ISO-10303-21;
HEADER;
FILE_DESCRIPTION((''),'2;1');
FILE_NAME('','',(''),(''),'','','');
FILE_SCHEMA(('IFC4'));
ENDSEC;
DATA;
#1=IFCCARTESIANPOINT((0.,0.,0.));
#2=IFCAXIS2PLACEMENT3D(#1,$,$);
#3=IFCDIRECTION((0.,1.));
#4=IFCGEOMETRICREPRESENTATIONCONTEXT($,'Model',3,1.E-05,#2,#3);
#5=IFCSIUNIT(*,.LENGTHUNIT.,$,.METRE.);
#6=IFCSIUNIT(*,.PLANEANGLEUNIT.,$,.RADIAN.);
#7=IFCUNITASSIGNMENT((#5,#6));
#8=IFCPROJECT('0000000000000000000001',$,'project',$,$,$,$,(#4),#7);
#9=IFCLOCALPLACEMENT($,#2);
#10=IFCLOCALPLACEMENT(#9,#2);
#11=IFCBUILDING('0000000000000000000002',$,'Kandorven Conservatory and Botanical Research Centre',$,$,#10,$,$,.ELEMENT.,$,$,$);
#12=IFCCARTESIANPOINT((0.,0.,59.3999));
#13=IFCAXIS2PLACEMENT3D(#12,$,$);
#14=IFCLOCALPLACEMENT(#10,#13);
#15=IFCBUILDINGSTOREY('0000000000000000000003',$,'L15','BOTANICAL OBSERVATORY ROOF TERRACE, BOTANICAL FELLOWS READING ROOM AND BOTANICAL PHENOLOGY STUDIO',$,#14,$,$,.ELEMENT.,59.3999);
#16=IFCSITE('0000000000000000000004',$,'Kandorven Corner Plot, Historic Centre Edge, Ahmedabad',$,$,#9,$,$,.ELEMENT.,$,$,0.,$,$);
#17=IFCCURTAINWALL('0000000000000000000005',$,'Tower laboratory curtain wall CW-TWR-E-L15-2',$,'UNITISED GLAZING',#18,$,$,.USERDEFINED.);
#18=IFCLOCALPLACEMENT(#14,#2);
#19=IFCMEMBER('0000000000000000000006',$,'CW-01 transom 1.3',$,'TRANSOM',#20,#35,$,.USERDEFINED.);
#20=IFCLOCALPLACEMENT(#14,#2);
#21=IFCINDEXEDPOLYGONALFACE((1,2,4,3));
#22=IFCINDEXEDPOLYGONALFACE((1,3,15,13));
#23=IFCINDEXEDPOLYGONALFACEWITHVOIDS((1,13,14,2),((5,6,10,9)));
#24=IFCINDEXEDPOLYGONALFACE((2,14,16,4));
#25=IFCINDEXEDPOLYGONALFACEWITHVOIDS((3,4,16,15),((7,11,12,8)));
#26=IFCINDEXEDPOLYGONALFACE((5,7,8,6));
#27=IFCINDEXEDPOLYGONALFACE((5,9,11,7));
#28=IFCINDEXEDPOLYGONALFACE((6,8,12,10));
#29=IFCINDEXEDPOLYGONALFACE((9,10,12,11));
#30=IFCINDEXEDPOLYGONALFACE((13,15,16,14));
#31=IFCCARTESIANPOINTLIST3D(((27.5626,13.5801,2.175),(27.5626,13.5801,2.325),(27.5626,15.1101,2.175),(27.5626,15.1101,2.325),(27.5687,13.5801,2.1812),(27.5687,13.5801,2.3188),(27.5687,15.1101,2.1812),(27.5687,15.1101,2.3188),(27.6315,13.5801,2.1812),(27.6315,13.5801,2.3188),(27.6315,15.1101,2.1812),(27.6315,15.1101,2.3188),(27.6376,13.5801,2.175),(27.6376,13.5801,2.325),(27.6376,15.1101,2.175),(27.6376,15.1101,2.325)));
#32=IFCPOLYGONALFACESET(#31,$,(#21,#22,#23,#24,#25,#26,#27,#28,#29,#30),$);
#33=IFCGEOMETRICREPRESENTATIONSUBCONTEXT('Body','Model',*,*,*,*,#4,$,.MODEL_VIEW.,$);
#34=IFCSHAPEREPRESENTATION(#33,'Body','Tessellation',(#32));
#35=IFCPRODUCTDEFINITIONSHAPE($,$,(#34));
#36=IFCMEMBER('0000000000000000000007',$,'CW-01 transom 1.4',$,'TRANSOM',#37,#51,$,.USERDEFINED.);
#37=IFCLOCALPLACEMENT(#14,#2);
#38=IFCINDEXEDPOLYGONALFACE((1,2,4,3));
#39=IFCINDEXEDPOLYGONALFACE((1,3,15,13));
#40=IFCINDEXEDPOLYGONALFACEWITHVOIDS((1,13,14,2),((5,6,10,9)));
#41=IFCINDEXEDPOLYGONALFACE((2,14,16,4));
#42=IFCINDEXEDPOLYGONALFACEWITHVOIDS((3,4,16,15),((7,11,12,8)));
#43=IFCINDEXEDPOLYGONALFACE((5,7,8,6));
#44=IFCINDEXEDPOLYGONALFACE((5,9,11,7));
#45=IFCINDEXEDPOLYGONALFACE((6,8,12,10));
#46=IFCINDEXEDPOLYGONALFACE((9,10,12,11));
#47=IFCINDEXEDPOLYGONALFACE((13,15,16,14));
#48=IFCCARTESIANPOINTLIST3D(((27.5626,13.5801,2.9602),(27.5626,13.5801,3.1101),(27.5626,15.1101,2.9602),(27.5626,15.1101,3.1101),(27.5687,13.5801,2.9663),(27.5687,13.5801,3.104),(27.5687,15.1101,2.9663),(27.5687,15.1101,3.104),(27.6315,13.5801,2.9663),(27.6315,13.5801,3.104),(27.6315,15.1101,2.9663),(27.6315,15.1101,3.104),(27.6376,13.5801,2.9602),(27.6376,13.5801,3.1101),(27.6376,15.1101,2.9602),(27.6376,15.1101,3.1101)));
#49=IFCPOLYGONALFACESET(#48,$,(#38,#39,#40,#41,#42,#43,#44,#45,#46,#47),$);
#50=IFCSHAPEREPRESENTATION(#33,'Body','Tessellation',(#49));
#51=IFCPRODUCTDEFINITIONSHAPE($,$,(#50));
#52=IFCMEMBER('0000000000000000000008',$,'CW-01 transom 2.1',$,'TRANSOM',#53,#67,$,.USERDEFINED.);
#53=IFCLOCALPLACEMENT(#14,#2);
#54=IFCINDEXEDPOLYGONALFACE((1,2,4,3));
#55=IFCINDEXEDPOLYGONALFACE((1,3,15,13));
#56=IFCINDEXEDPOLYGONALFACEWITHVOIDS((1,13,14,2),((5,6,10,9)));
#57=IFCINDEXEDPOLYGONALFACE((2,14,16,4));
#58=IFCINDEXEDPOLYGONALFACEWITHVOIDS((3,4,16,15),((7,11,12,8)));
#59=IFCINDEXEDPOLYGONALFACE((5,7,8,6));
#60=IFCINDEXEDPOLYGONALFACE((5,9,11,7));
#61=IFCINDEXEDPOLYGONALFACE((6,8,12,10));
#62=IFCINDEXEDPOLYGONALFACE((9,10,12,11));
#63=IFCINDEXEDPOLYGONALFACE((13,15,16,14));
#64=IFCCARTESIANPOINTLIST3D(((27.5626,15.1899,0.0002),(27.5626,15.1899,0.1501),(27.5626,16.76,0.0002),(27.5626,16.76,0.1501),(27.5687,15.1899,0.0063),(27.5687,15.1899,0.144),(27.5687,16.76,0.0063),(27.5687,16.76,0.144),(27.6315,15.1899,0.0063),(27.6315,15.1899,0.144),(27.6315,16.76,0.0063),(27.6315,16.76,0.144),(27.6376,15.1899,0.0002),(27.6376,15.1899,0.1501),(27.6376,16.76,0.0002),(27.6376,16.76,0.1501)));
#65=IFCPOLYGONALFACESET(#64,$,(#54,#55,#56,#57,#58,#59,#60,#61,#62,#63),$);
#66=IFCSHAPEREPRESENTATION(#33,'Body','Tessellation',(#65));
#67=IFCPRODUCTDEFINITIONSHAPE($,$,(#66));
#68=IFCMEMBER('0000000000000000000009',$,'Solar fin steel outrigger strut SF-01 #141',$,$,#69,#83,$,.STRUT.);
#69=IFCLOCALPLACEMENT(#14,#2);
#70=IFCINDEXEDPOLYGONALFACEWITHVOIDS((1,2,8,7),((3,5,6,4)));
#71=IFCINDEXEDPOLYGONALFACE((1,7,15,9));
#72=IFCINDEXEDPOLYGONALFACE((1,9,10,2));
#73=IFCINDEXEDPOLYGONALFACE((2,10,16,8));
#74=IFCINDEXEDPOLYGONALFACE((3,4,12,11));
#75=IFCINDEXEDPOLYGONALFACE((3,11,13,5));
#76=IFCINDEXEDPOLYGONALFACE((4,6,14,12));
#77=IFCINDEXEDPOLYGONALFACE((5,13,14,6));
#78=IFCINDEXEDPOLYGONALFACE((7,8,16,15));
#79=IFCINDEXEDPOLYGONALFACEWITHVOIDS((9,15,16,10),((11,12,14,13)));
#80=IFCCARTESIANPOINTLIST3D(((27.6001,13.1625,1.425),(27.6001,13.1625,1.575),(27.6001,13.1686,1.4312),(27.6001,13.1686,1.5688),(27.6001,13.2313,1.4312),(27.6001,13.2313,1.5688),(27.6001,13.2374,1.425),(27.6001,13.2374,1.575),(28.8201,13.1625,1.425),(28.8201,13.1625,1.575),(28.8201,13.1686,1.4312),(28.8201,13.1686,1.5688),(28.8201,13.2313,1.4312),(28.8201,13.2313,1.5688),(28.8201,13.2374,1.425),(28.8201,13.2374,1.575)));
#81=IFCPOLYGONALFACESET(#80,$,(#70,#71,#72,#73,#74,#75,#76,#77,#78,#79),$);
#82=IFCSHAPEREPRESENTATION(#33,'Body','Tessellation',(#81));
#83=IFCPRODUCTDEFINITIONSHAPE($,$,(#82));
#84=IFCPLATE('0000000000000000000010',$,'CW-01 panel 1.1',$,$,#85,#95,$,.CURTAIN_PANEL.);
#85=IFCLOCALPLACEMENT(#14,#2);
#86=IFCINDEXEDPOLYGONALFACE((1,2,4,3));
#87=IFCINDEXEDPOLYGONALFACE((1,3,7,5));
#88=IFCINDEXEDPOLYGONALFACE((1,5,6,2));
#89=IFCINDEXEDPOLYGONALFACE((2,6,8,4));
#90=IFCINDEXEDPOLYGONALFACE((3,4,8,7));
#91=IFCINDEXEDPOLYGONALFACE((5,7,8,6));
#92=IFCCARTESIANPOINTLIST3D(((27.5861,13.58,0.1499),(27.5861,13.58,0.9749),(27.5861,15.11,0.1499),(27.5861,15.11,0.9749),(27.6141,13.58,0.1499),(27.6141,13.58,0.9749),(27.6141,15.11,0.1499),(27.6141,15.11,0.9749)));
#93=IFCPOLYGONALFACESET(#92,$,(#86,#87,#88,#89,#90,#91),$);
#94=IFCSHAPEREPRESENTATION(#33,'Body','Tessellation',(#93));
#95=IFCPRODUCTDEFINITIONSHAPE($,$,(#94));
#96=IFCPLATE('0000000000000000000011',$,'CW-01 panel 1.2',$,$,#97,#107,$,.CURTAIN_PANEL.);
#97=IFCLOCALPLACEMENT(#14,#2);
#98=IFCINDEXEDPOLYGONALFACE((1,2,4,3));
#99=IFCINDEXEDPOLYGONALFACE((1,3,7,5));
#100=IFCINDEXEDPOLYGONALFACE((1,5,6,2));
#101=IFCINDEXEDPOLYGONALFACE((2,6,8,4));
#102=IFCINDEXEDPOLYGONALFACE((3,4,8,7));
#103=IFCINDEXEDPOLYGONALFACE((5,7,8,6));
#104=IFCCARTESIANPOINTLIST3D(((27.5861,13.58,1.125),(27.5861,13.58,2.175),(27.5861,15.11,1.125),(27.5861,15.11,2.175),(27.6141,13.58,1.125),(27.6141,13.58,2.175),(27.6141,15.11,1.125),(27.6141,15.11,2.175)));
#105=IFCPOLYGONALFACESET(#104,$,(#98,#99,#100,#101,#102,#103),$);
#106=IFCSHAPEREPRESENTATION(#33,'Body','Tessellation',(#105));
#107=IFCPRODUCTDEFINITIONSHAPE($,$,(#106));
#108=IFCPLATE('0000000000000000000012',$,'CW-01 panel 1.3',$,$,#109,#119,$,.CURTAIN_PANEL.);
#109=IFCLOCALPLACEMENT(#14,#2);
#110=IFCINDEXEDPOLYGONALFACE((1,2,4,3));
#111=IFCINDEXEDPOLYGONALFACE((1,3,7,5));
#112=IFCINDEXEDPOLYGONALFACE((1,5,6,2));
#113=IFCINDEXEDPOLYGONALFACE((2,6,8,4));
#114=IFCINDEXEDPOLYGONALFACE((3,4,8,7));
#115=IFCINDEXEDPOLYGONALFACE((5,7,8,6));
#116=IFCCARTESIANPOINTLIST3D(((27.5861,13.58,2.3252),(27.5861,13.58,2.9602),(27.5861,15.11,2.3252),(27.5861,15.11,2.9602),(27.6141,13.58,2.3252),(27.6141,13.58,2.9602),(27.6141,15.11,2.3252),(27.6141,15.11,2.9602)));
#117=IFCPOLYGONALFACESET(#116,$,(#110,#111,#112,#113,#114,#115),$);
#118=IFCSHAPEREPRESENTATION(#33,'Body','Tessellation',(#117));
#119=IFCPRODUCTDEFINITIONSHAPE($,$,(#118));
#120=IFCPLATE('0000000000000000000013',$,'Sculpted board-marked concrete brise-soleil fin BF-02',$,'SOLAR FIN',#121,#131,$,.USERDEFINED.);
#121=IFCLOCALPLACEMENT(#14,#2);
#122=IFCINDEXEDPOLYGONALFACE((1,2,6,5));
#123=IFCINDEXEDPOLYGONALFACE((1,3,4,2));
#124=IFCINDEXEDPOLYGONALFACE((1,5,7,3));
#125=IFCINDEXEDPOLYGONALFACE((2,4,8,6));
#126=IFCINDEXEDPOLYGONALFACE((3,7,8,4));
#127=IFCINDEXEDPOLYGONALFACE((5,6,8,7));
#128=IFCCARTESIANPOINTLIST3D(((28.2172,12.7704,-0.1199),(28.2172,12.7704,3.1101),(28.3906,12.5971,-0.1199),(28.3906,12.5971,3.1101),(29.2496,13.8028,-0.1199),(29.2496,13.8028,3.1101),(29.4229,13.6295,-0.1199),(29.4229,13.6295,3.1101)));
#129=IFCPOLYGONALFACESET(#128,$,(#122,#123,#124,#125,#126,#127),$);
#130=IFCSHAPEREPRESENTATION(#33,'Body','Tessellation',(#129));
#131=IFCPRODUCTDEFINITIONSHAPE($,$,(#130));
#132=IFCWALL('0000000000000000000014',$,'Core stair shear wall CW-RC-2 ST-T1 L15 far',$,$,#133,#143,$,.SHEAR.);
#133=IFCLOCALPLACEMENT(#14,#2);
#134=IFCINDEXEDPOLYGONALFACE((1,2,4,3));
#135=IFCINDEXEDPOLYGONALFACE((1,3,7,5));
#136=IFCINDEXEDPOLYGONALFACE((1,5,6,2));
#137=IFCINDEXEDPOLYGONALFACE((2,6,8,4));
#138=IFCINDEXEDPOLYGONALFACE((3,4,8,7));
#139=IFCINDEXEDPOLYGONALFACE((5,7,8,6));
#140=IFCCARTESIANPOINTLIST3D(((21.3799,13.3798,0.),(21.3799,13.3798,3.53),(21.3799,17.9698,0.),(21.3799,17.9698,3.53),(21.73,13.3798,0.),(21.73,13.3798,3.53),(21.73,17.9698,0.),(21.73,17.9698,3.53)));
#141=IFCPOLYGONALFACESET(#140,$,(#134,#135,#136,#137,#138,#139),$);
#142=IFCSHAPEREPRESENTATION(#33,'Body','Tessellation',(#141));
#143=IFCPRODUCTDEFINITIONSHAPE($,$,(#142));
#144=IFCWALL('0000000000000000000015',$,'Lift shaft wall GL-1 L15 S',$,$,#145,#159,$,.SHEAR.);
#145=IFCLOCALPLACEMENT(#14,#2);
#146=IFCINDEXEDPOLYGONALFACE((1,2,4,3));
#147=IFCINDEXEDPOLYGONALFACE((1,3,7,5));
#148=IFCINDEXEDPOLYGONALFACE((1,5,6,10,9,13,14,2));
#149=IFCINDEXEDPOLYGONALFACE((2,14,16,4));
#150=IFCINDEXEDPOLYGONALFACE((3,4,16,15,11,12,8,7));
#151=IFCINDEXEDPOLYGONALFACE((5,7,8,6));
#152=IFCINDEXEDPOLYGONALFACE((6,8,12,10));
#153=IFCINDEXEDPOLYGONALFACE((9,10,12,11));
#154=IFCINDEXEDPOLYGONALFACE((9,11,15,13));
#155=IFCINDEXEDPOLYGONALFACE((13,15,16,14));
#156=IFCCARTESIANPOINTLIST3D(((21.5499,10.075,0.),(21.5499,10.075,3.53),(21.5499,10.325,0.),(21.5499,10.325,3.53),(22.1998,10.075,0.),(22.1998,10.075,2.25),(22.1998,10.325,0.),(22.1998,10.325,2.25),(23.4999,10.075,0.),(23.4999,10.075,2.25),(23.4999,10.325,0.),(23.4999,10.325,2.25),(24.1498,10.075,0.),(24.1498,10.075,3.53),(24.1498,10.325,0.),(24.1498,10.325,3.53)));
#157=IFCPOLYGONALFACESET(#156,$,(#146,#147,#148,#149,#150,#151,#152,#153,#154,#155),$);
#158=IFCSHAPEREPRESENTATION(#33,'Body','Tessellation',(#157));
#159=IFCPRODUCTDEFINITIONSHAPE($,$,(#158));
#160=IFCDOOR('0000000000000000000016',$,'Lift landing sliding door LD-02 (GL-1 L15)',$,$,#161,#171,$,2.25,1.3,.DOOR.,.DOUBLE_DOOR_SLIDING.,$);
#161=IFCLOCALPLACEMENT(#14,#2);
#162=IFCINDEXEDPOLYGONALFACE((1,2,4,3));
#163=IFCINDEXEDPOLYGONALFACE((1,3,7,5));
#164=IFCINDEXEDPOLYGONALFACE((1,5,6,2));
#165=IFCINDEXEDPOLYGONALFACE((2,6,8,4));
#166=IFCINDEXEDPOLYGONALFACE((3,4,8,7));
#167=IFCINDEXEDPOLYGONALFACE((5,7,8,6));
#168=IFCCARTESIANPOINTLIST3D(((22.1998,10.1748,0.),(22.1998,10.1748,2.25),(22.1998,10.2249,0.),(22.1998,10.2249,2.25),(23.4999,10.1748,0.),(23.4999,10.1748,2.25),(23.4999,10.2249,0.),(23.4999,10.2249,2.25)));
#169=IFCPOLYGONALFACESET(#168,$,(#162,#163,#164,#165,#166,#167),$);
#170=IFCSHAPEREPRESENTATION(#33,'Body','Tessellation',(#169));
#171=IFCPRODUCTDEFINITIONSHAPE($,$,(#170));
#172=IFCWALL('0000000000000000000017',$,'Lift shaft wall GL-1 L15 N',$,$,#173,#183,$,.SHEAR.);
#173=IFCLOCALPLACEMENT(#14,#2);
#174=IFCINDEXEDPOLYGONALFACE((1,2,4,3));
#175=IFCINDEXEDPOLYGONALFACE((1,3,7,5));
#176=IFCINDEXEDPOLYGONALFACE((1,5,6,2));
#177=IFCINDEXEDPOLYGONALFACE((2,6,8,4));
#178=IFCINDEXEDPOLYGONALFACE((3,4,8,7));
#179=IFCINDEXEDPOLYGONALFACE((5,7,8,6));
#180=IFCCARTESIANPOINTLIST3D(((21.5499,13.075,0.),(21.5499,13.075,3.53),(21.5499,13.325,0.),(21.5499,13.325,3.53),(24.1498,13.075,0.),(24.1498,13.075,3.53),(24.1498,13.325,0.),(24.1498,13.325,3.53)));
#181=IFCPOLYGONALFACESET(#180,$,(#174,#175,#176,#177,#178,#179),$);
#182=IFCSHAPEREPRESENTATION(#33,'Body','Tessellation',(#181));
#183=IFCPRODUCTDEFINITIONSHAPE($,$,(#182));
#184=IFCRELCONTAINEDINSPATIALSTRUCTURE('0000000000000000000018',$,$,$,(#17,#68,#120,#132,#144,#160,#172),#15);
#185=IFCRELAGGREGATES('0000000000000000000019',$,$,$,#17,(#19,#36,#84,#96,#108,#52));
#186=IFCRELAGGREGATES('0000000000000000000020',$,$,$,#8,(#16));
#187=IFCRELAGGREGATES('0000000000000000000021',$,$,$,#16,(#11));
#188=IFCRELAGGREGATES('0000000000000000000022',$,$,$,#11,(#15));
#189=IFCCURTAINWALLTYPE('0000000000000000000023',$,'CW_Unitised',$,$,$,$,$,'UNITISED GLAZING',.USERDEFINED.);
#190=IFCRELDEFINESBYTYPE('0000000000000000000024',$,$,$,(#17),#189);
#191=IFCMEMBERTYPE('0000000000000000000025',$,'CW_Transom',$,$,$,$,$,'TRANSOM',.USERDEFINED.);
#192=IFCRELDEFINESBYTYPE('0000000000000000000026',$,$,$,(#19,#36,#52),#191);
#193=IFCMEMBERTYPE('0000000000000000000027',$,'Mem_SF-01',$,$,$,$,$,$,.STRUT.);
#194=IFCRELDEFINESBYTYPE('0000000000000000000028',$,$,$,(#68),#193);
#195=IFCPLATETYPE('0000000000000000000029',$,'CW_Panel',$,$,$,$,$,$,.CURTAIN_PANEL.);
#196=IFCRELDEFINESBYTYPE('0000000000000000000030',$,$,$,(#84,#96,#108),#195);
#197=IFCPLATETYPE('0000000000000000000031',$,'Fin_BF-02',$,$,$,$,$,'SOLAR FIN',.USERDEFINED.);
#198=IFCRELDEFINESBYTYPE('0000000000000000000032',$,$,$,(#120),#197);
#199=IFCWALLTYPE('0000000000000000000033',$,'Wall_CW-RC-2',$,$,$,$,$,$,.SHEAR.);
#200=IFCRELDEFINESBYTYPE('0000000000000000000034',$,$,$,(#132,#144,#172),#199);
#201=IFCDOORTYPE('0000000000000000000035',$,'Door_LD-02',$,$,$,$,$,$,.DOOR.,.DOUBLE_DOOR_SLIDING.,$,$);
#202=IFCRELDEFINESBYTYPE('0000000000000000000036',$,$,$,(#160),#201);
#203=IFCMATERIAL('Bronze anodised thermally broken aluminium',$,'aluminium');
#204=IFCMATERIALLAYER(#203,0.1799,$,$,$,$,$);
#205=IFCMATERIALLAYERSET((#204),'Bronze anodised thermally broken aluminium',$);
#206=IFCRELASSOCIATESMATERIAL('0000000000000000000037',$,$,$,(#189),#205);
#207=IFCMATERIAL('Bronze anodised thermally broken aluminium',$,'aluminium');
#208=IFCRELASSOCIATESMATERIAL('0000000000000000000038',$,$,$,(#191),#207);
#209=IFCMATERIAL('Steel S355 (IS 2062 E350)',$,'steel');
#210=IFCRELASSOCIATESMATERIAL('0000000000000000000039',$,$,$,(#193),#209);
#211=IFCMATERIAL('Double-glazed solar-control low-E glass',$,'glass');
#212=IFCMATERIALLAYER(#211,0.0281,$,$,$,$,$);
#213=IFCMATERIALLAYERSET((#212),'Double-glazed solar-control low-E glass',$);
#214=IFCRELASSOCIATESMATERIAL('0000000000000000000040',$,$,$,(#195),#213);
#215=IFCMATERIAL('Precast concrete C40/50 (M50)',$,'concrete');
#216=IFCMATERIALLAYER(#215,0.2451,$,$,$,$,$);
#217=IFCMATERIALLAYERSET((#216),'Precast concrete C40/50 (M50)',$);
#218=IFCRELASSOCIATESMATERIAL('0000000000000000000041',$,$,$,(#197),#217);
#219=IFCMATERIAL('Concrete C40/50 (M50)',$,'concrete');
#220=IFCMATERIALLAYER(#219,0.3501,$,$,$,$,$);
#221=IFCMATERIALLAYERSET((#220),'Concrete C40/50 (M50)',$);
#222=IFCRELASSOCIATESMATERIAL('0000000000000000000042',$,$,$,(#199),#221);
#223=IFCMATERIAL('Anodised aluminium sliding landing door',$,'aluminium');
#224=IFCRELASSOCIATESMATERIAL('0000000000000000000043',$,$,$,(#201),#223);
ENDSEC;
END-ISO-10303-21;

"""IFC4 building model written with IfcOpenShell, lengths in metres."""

from ifc_helpers import new_model, si_unit, direction, frame, frame_2d, origin, origin_2d, place, context, subcontext, project, spatial, rectangle, hollow_rectangle, extrude, material, layer, layer_set, material_profile, profile_set, type_object, element, fill, aggregate, save


model = new_model("IFC4")

# Units and contexts
model_context = context("Model", 3, precision=1e-05, world=origin(), true_north=direction((0.0, 1.0)))
body_context = subcontext(model_context, "Body", "Model", "MODEL_VIEW")
ifc_project = project(units=[si_unit("LENGTHUNIT", "METRE"), si_unit("PLANEANGLEUNIT", "RADIAN")], contexts=[model_context])

# Site, building, storey
site_placement = place(None, origin())
site = spatial("IfcSite", under=ifc_project, at=site_placement, Name="Kandorven Corner Plot, Historic Centre Edge, Ahmedabad", CompositionType="ELEMENT", RefElevation=0.0)
building_placement = place(site_placement, origin())
building = spatial("IfcBuilding", under=site, at=building_placement, Name="Kandorven Conservatory and Botanical Research Centre", CompositionType="ELEMENT")
storey_placement = place(building_placement, frame((0.0, 0.0, 59.3999)))
storey = spatial("IfcBuildingStorey", under=building, at=storey_placement, Name="L15", Description="BOTANICAL OBSERVATORY ROOF TERRACE, BOTANICAL FELLOWS READING ROOM AND BOTANICAL PHENOLOGY STUDIO", CompositionType="ELEMENT", Elevation=59.3999)

# Curtain wall, members
ifc_material_1 = material(Name="Bronze anodised thermally broken aluminium", Category="aluminium")
ifc_layer_1 = layer(ifc_material_1, 0.1799)
ifc_layer_set_1 = layer_set([ifc_layer_1], Name="Bronze anodised thermally broken aluminium")
curtain_wall_type = type_object("IfcCurtainWallType", Name="CW_Unitised", ElementType="UNITISED GLAZING", PredefinedType="USERDEFINED", material=ifc_layer_set_1)
curtain_wall_placement = place(storey_placement, origin())
curtain_wall = element("IfcCurtainWall", 1, at=curtain_wall_placement, inside=storey, type_object=curtain_wall_type, Name="Tower laboratory curtain wall CW-TWR-E-L15-2", ObjectType="UNITISED GLAZING", PredefinedType="USERDEFINED")
ifc_material_2 = material(Name="Bronze anodised thermally broken aluminium", Category="aluminium")
ifc_material_profile_1 = material_profile(ifc_material_2, hollow_rectangle(XDim=0.075, YDim=0.1499, WallThickness=0.0061, at=origin_2d()))
ifc_profile_set_1 = profile_set([ifc_material_profile_1], Name="Bronze anodised thermally broken aluminium")
member_type_1 = type_object("IfcMemberType", Name="CW_Transom", ElementType="TRANSOM", PredefinedType="USERDEFINED", material=ifc_profile_set_1)
member_1_placement = place(storey_placement, frame((27.6001, 13.5801, 2.25), z_axis=(0.0, 1.0, 0.0), x_axis=(-1.0, 0.0, 0.0)))
member_1 = element("IfcMember", 2, at=member_1_placement, type_object=member_type_1, Name="CW-01 transom 1.3", ObjectType="TRANSOM", PredefinedType="USERDEFINED", context=body_context, shape_type="SweptSolid", body=[
    extrude(hollow_rectangle(XDim=0.075, YDim=0.1499, WallThickness=0.0061, at=origin_2d()), origin(), (0.0, 0.0, 1.0), 1.53),
])
member_2_placement = place(storey_placement, frame((27.6001, 13.5801, 3.0352), z_axis=(0.0, 1.0, 0.0), x_axis=(-1.0, 0.0, 0.0)))
member_2 = element("IfcMember", 3, at=member_2_placement, type_object=member_type_1, Name="CW-01 transom 1.4", ObjectType="TRANSOM", PredefinedType="USERDEFINED", context=body_context, shape_type="SweptSolid", body=[
    extrude(hollow_rectangle(XDim=0.075, YDim=0.1499, WallThickness=0.0061, at=origin_2d()), origin(), (0.0, 0.0, 1.0), 1.53),
])
member_3_placement = place(storey_placement, frame((27.6001, 15.1899, 0.0752), z_axis=(0.0, 1.0, 0.0), x_axis=(-1.0, 0.0, 0.0)))
member_3 = element("IfcMember", 4, at=member_3_placement, type_object=member_type_1, Name="CW-01 transom 2.1", ObjectType="TRANSOM", PredefinedType="USERDEFINED", context=body_context, shape_type="SweptSolid", body=[
    extrude(hollow_rectangle(XDim=0.075, YDim=0.1499, WallThickness=0.0061, at=origin_2d()), origin(), (0.0, 0.0, 1.0), 1.5701),
])

# Member
ifc_material_3 = material(Name="Steel S355 (IS 2062 E350)", Category="steel")
ifc_material_profile_2 = material_profile(ifc_material_3, hollow_rectangle(XDim=0.075, YDim=0.1499, WallThickness=0.0061, at=origin_2d()))
ifc_profile_set_2 = profile_set([ifc_material_profile_2], Name="Steel S355 (IS 2062 E350)")
member_type_2 = type_object("IfcMemberType", Name="Mem_SF-01", PredefinedType="STRUT", material=ifc_profile_set_2)
member_4_placement = place(storey_placement, frame((27.6001, 13.2, 1.5), z_axis=(1.0, 0.0, 0.0), x_axis=(0.0, 1.0, 0.0)))
element("IfcMember", 5, at=member_4_placement, inside=storey, type_object=member_type_2, Name="Solar fin steel outrigger strut SF-01 #141", PredefinedType="STRUT", context=body_context, shape_type="SweptSolid", body=[
    extrude(hollow_rectangle(XDim=0.075, YDim=0.1499, WallThickness=0.0061, at=origin_2d()), origin(), (0.0, 0.0, 1.0), 1.22),
])

# Plates
ifc_material_4 = material(Name="Double-glazed solar-control low-E glass", Category="glass")
ifc_layer_2 = layer(ifc_material_4, 0.0281)
ifc_layer_set_2 = layer_set([ifc_layer_2], Name="Double-glazed solar-control low-E glass")
plate_type_1 = type_object("IfcPlateType", Name="CW_Panel", PredefinedType="CURTAIN_PANEL", material=ifc_layer_set_2)
plate_1_placement = place(storey_placement, frame((27.6001, 14.345, 0.1499), z_axis=(0.0, 0.0, 1.0), x_axis=(0.0, 1.0, 0.0)))
plate_1 = element("IfcPlate", 6, at=plate_1_placement, type_object=plate_type_1, Name="CW-01 panel 1.1", PredefinedType="CURTAIN_PANEL", context=body_context, shape_type="SweptSolid", body=[
    extrude(rectangle(XDim=1.53, YDim=0.0281, at=origin_2d()), origin(), (0.0, 0.0, 1.0), 0.825),
])
plate_2_placement = place(storey_placement, frame((27.6001, 14.345, 1.125), z_axis=(0.0, 0.0, 1.0), x_axis=(0.0, 1.0, 0.0)))
plate_2 = element("IfcPlate", 7, at=plate_2_placement, type_object=plate_type_1, Name="CW-01 panel 1.2", PredefinedType="CURTAIN_PANEL", context=body_context, shape_type="SweptSolid", body=[
    extrude(rectangle(XDim=1.53, YDim=0.0281, at=origin_2d()), origin(), (0.0, 0.0, 1.0), 1.05),
])
plate_3_placement = place(storey_placement, frame((27.6001, 14.345, 2.3252), z_axis=(0.0, 0.0, 1.0), x_axis=(0.0, 1.0, 0.0)))
plate_3 = element("IfcPlate", 8, at=plate_3_placement, type_object=plate_type_1, Name="CW-01 panel 1.3", PredefinedType="CURTAIN_PANEL", context=body_context, shape_type="SweptSolid", body=[
    extrude(rectangle(XDim=1.53, YDim=0.0281, at=origin_2d()), origin(), (0.0, 0.0, 1.0), 0.635),
])
aggregate(curtain_wall, [member_1, member_2, plate_1, plate_2, plate_3, member_3])
ifc_material_5 = material(Name="Precast concrete C40/50 (M50)", Category="concrete")
ifc_layer_3 = layer(ifc_material_5, 0.2451)
ifc_layer_set_3 = layer_set([ifc_layer_3], Name="Precast concrete C40/50 (M50)")
plate_type_2 = type_object("IfcPlateType", Name="Fin_BF-02", ElementType="SOLAR FIN", PredefinedType="USERDEFINED", material=ifc_layer_set_3)
plate_4_placement = place(storey_placement, frame((28.8201, 13.2, -0.1199), z_axis=(0.0, 0.0, 1.0), x_axis=(0.707107, 0.707107, 0.0)))
element("IfcPlate", 9, at=plate_4_placement, inside=storey, type_object=plate_type_2, Name="Sculpted board-marked concrete brise-soleil fin BF-02", ObjectType="SOLAR FIN", PredefinedType="USERDEFINED", context=body_context, shape_type="SweptSolid", body=[
    extrude(rectangle(XDim=1.46, YDim=0.2451, at=origin_2d()), origin(), (0.0, 0.0, 1.0), 3.23),
])

# Wall
ifc_material_6 = material(Name="Concrete C40/50 (M50)", Category="concrete")
ifc_layer_4 = layer(ifc_material_6, 0.3501)
ifc_layer_set_4 = layer_set([ifc_layer_4], Name="Concrete C40/50 (M50)")
wall_type_1 = type_object("IfcWallType", Name="Wall_CW-RC-2", PredefinedType="SHEAR", material=ifc_layer_set_4)
wall_1_placement = place(storey_placement, frame((21.5549, 13.3799, 0.0), z_axis=(0.0, 0.0, 1.0), x_axis=(0.0, 1.0, 0.0)))
element("IfcWall", 10, at=wall_1_placement, inside=storey, type_object=wall_type_1, Name="Core stair shear wall CW-RC-2 ST-T1 L15 far", PredefinedType="SHEAR", context=body_context, shape_type="SweptSolid", body=[
    extrude(rectangle(XDim=4.5901, YDim=0.3501, at=frame_2d((2.2949, 0.0))), origin(), (0.0, 0.0, 1.0), 3.53),
])

# Wall, opening, door
wall_2_placement = place(storey_placement, frame((21.55, 10.2, 0.0), z_axis=(0.0, 0.0, 1.0), x_axis=(1.0, 0.0, 0.0)))
wall_2 = element("IfcWall", 11, at=wall_2_placement, inside=storey, type_object=wall_type_1, Name="Lift shaft wall GL-1 L15 S", PredefinedType="SHEAR", context=body_context, shape_type="SweptSolid", body=[
    extrude(rectangle(XDim=2.5999, YDim=0.25, at=frame_2d((1.2998, 0.0))), origin(), (0.0, 0.0, 1.0), 3.53),
])
opening_1_placement = place(wall_2_placement, frame((0.6499, 0.0, 0.0)))
opening_1 = element("IfcOpeningElement", 12, at=opening_1_placement, cuts=wall_2, PredefinedType="OPENING", context=body_context, shape_type="SweptSolid", body=[
    extrude(rectangle(XDim=1.3, YDim=2.25, at=frame_2d((0.6499, 1.125))), frame((0.0, 0.135, 0.0), z_axis=(0.0, -1.0, 0.0), x_axis=(1.0, 0.0, 0.0)), (0.0, 0.0, 1.0), 0.27),
])
ifc_material_7 = material(Name="Anodised aluminium sliding landing door", Category="aluminium")
door_type_1 = type_object("IfcDoorType", Name="Door_LD-02", OperationType="DOUBLE_DOOR_SLIDING", PredefinedType="DOOR", material=ifc_material_7)
door_1_placement = place(opening_1_placement, origin())
door_1 = element("IfcDoor", 13, at=door_1_placement, inside=storey, type_object=door_type_1, Name="Lift landing sliding door LD-02 (GL-1 L15)", OperationType="DOUBLE_DOOR_SLIDING", OverallHeight=2.25, OverallWidth=1.3, PredefinedType="DOOR", context=body_context, shape_type="SweptSolid", body=[
    extrude(rectangle(XDim=1.3, YDim=2.25, at=frame_2d((0.6499, 1.125))), frame((0.0, 0.0249, 0.0), z_axis=(0.0, -1.0, 0.0), x_axis=(1.0, 0.0, 0.0)), (0.0, 0.0, 1.0), 0.05),
])
fill(opening_1, door_1)

# Wall
wall_3_placement = place(storey_placement, frame((21.55, 13.2, 0.0), z_axis=(0.0, 0.0, 1.0), x_axis=(1.0, 0.0, 0.0)))
element("IfcWall", 14, at=wall_3_placement, inside=storey, type_object=wall_type_1, Name="Lift shaft wall GL-1 L15 N", PredefinedType="SHEAR", context=body_context, shape_type="SweptSolid", body=[
    extrude(rectangle(XDim=2.5999, YDim=0.25, at=frame_2d((1.2998, 0.0))), origin(), (0.0, 0.0, 1.0), 3.53),
])

save(model, "model.ifc")
